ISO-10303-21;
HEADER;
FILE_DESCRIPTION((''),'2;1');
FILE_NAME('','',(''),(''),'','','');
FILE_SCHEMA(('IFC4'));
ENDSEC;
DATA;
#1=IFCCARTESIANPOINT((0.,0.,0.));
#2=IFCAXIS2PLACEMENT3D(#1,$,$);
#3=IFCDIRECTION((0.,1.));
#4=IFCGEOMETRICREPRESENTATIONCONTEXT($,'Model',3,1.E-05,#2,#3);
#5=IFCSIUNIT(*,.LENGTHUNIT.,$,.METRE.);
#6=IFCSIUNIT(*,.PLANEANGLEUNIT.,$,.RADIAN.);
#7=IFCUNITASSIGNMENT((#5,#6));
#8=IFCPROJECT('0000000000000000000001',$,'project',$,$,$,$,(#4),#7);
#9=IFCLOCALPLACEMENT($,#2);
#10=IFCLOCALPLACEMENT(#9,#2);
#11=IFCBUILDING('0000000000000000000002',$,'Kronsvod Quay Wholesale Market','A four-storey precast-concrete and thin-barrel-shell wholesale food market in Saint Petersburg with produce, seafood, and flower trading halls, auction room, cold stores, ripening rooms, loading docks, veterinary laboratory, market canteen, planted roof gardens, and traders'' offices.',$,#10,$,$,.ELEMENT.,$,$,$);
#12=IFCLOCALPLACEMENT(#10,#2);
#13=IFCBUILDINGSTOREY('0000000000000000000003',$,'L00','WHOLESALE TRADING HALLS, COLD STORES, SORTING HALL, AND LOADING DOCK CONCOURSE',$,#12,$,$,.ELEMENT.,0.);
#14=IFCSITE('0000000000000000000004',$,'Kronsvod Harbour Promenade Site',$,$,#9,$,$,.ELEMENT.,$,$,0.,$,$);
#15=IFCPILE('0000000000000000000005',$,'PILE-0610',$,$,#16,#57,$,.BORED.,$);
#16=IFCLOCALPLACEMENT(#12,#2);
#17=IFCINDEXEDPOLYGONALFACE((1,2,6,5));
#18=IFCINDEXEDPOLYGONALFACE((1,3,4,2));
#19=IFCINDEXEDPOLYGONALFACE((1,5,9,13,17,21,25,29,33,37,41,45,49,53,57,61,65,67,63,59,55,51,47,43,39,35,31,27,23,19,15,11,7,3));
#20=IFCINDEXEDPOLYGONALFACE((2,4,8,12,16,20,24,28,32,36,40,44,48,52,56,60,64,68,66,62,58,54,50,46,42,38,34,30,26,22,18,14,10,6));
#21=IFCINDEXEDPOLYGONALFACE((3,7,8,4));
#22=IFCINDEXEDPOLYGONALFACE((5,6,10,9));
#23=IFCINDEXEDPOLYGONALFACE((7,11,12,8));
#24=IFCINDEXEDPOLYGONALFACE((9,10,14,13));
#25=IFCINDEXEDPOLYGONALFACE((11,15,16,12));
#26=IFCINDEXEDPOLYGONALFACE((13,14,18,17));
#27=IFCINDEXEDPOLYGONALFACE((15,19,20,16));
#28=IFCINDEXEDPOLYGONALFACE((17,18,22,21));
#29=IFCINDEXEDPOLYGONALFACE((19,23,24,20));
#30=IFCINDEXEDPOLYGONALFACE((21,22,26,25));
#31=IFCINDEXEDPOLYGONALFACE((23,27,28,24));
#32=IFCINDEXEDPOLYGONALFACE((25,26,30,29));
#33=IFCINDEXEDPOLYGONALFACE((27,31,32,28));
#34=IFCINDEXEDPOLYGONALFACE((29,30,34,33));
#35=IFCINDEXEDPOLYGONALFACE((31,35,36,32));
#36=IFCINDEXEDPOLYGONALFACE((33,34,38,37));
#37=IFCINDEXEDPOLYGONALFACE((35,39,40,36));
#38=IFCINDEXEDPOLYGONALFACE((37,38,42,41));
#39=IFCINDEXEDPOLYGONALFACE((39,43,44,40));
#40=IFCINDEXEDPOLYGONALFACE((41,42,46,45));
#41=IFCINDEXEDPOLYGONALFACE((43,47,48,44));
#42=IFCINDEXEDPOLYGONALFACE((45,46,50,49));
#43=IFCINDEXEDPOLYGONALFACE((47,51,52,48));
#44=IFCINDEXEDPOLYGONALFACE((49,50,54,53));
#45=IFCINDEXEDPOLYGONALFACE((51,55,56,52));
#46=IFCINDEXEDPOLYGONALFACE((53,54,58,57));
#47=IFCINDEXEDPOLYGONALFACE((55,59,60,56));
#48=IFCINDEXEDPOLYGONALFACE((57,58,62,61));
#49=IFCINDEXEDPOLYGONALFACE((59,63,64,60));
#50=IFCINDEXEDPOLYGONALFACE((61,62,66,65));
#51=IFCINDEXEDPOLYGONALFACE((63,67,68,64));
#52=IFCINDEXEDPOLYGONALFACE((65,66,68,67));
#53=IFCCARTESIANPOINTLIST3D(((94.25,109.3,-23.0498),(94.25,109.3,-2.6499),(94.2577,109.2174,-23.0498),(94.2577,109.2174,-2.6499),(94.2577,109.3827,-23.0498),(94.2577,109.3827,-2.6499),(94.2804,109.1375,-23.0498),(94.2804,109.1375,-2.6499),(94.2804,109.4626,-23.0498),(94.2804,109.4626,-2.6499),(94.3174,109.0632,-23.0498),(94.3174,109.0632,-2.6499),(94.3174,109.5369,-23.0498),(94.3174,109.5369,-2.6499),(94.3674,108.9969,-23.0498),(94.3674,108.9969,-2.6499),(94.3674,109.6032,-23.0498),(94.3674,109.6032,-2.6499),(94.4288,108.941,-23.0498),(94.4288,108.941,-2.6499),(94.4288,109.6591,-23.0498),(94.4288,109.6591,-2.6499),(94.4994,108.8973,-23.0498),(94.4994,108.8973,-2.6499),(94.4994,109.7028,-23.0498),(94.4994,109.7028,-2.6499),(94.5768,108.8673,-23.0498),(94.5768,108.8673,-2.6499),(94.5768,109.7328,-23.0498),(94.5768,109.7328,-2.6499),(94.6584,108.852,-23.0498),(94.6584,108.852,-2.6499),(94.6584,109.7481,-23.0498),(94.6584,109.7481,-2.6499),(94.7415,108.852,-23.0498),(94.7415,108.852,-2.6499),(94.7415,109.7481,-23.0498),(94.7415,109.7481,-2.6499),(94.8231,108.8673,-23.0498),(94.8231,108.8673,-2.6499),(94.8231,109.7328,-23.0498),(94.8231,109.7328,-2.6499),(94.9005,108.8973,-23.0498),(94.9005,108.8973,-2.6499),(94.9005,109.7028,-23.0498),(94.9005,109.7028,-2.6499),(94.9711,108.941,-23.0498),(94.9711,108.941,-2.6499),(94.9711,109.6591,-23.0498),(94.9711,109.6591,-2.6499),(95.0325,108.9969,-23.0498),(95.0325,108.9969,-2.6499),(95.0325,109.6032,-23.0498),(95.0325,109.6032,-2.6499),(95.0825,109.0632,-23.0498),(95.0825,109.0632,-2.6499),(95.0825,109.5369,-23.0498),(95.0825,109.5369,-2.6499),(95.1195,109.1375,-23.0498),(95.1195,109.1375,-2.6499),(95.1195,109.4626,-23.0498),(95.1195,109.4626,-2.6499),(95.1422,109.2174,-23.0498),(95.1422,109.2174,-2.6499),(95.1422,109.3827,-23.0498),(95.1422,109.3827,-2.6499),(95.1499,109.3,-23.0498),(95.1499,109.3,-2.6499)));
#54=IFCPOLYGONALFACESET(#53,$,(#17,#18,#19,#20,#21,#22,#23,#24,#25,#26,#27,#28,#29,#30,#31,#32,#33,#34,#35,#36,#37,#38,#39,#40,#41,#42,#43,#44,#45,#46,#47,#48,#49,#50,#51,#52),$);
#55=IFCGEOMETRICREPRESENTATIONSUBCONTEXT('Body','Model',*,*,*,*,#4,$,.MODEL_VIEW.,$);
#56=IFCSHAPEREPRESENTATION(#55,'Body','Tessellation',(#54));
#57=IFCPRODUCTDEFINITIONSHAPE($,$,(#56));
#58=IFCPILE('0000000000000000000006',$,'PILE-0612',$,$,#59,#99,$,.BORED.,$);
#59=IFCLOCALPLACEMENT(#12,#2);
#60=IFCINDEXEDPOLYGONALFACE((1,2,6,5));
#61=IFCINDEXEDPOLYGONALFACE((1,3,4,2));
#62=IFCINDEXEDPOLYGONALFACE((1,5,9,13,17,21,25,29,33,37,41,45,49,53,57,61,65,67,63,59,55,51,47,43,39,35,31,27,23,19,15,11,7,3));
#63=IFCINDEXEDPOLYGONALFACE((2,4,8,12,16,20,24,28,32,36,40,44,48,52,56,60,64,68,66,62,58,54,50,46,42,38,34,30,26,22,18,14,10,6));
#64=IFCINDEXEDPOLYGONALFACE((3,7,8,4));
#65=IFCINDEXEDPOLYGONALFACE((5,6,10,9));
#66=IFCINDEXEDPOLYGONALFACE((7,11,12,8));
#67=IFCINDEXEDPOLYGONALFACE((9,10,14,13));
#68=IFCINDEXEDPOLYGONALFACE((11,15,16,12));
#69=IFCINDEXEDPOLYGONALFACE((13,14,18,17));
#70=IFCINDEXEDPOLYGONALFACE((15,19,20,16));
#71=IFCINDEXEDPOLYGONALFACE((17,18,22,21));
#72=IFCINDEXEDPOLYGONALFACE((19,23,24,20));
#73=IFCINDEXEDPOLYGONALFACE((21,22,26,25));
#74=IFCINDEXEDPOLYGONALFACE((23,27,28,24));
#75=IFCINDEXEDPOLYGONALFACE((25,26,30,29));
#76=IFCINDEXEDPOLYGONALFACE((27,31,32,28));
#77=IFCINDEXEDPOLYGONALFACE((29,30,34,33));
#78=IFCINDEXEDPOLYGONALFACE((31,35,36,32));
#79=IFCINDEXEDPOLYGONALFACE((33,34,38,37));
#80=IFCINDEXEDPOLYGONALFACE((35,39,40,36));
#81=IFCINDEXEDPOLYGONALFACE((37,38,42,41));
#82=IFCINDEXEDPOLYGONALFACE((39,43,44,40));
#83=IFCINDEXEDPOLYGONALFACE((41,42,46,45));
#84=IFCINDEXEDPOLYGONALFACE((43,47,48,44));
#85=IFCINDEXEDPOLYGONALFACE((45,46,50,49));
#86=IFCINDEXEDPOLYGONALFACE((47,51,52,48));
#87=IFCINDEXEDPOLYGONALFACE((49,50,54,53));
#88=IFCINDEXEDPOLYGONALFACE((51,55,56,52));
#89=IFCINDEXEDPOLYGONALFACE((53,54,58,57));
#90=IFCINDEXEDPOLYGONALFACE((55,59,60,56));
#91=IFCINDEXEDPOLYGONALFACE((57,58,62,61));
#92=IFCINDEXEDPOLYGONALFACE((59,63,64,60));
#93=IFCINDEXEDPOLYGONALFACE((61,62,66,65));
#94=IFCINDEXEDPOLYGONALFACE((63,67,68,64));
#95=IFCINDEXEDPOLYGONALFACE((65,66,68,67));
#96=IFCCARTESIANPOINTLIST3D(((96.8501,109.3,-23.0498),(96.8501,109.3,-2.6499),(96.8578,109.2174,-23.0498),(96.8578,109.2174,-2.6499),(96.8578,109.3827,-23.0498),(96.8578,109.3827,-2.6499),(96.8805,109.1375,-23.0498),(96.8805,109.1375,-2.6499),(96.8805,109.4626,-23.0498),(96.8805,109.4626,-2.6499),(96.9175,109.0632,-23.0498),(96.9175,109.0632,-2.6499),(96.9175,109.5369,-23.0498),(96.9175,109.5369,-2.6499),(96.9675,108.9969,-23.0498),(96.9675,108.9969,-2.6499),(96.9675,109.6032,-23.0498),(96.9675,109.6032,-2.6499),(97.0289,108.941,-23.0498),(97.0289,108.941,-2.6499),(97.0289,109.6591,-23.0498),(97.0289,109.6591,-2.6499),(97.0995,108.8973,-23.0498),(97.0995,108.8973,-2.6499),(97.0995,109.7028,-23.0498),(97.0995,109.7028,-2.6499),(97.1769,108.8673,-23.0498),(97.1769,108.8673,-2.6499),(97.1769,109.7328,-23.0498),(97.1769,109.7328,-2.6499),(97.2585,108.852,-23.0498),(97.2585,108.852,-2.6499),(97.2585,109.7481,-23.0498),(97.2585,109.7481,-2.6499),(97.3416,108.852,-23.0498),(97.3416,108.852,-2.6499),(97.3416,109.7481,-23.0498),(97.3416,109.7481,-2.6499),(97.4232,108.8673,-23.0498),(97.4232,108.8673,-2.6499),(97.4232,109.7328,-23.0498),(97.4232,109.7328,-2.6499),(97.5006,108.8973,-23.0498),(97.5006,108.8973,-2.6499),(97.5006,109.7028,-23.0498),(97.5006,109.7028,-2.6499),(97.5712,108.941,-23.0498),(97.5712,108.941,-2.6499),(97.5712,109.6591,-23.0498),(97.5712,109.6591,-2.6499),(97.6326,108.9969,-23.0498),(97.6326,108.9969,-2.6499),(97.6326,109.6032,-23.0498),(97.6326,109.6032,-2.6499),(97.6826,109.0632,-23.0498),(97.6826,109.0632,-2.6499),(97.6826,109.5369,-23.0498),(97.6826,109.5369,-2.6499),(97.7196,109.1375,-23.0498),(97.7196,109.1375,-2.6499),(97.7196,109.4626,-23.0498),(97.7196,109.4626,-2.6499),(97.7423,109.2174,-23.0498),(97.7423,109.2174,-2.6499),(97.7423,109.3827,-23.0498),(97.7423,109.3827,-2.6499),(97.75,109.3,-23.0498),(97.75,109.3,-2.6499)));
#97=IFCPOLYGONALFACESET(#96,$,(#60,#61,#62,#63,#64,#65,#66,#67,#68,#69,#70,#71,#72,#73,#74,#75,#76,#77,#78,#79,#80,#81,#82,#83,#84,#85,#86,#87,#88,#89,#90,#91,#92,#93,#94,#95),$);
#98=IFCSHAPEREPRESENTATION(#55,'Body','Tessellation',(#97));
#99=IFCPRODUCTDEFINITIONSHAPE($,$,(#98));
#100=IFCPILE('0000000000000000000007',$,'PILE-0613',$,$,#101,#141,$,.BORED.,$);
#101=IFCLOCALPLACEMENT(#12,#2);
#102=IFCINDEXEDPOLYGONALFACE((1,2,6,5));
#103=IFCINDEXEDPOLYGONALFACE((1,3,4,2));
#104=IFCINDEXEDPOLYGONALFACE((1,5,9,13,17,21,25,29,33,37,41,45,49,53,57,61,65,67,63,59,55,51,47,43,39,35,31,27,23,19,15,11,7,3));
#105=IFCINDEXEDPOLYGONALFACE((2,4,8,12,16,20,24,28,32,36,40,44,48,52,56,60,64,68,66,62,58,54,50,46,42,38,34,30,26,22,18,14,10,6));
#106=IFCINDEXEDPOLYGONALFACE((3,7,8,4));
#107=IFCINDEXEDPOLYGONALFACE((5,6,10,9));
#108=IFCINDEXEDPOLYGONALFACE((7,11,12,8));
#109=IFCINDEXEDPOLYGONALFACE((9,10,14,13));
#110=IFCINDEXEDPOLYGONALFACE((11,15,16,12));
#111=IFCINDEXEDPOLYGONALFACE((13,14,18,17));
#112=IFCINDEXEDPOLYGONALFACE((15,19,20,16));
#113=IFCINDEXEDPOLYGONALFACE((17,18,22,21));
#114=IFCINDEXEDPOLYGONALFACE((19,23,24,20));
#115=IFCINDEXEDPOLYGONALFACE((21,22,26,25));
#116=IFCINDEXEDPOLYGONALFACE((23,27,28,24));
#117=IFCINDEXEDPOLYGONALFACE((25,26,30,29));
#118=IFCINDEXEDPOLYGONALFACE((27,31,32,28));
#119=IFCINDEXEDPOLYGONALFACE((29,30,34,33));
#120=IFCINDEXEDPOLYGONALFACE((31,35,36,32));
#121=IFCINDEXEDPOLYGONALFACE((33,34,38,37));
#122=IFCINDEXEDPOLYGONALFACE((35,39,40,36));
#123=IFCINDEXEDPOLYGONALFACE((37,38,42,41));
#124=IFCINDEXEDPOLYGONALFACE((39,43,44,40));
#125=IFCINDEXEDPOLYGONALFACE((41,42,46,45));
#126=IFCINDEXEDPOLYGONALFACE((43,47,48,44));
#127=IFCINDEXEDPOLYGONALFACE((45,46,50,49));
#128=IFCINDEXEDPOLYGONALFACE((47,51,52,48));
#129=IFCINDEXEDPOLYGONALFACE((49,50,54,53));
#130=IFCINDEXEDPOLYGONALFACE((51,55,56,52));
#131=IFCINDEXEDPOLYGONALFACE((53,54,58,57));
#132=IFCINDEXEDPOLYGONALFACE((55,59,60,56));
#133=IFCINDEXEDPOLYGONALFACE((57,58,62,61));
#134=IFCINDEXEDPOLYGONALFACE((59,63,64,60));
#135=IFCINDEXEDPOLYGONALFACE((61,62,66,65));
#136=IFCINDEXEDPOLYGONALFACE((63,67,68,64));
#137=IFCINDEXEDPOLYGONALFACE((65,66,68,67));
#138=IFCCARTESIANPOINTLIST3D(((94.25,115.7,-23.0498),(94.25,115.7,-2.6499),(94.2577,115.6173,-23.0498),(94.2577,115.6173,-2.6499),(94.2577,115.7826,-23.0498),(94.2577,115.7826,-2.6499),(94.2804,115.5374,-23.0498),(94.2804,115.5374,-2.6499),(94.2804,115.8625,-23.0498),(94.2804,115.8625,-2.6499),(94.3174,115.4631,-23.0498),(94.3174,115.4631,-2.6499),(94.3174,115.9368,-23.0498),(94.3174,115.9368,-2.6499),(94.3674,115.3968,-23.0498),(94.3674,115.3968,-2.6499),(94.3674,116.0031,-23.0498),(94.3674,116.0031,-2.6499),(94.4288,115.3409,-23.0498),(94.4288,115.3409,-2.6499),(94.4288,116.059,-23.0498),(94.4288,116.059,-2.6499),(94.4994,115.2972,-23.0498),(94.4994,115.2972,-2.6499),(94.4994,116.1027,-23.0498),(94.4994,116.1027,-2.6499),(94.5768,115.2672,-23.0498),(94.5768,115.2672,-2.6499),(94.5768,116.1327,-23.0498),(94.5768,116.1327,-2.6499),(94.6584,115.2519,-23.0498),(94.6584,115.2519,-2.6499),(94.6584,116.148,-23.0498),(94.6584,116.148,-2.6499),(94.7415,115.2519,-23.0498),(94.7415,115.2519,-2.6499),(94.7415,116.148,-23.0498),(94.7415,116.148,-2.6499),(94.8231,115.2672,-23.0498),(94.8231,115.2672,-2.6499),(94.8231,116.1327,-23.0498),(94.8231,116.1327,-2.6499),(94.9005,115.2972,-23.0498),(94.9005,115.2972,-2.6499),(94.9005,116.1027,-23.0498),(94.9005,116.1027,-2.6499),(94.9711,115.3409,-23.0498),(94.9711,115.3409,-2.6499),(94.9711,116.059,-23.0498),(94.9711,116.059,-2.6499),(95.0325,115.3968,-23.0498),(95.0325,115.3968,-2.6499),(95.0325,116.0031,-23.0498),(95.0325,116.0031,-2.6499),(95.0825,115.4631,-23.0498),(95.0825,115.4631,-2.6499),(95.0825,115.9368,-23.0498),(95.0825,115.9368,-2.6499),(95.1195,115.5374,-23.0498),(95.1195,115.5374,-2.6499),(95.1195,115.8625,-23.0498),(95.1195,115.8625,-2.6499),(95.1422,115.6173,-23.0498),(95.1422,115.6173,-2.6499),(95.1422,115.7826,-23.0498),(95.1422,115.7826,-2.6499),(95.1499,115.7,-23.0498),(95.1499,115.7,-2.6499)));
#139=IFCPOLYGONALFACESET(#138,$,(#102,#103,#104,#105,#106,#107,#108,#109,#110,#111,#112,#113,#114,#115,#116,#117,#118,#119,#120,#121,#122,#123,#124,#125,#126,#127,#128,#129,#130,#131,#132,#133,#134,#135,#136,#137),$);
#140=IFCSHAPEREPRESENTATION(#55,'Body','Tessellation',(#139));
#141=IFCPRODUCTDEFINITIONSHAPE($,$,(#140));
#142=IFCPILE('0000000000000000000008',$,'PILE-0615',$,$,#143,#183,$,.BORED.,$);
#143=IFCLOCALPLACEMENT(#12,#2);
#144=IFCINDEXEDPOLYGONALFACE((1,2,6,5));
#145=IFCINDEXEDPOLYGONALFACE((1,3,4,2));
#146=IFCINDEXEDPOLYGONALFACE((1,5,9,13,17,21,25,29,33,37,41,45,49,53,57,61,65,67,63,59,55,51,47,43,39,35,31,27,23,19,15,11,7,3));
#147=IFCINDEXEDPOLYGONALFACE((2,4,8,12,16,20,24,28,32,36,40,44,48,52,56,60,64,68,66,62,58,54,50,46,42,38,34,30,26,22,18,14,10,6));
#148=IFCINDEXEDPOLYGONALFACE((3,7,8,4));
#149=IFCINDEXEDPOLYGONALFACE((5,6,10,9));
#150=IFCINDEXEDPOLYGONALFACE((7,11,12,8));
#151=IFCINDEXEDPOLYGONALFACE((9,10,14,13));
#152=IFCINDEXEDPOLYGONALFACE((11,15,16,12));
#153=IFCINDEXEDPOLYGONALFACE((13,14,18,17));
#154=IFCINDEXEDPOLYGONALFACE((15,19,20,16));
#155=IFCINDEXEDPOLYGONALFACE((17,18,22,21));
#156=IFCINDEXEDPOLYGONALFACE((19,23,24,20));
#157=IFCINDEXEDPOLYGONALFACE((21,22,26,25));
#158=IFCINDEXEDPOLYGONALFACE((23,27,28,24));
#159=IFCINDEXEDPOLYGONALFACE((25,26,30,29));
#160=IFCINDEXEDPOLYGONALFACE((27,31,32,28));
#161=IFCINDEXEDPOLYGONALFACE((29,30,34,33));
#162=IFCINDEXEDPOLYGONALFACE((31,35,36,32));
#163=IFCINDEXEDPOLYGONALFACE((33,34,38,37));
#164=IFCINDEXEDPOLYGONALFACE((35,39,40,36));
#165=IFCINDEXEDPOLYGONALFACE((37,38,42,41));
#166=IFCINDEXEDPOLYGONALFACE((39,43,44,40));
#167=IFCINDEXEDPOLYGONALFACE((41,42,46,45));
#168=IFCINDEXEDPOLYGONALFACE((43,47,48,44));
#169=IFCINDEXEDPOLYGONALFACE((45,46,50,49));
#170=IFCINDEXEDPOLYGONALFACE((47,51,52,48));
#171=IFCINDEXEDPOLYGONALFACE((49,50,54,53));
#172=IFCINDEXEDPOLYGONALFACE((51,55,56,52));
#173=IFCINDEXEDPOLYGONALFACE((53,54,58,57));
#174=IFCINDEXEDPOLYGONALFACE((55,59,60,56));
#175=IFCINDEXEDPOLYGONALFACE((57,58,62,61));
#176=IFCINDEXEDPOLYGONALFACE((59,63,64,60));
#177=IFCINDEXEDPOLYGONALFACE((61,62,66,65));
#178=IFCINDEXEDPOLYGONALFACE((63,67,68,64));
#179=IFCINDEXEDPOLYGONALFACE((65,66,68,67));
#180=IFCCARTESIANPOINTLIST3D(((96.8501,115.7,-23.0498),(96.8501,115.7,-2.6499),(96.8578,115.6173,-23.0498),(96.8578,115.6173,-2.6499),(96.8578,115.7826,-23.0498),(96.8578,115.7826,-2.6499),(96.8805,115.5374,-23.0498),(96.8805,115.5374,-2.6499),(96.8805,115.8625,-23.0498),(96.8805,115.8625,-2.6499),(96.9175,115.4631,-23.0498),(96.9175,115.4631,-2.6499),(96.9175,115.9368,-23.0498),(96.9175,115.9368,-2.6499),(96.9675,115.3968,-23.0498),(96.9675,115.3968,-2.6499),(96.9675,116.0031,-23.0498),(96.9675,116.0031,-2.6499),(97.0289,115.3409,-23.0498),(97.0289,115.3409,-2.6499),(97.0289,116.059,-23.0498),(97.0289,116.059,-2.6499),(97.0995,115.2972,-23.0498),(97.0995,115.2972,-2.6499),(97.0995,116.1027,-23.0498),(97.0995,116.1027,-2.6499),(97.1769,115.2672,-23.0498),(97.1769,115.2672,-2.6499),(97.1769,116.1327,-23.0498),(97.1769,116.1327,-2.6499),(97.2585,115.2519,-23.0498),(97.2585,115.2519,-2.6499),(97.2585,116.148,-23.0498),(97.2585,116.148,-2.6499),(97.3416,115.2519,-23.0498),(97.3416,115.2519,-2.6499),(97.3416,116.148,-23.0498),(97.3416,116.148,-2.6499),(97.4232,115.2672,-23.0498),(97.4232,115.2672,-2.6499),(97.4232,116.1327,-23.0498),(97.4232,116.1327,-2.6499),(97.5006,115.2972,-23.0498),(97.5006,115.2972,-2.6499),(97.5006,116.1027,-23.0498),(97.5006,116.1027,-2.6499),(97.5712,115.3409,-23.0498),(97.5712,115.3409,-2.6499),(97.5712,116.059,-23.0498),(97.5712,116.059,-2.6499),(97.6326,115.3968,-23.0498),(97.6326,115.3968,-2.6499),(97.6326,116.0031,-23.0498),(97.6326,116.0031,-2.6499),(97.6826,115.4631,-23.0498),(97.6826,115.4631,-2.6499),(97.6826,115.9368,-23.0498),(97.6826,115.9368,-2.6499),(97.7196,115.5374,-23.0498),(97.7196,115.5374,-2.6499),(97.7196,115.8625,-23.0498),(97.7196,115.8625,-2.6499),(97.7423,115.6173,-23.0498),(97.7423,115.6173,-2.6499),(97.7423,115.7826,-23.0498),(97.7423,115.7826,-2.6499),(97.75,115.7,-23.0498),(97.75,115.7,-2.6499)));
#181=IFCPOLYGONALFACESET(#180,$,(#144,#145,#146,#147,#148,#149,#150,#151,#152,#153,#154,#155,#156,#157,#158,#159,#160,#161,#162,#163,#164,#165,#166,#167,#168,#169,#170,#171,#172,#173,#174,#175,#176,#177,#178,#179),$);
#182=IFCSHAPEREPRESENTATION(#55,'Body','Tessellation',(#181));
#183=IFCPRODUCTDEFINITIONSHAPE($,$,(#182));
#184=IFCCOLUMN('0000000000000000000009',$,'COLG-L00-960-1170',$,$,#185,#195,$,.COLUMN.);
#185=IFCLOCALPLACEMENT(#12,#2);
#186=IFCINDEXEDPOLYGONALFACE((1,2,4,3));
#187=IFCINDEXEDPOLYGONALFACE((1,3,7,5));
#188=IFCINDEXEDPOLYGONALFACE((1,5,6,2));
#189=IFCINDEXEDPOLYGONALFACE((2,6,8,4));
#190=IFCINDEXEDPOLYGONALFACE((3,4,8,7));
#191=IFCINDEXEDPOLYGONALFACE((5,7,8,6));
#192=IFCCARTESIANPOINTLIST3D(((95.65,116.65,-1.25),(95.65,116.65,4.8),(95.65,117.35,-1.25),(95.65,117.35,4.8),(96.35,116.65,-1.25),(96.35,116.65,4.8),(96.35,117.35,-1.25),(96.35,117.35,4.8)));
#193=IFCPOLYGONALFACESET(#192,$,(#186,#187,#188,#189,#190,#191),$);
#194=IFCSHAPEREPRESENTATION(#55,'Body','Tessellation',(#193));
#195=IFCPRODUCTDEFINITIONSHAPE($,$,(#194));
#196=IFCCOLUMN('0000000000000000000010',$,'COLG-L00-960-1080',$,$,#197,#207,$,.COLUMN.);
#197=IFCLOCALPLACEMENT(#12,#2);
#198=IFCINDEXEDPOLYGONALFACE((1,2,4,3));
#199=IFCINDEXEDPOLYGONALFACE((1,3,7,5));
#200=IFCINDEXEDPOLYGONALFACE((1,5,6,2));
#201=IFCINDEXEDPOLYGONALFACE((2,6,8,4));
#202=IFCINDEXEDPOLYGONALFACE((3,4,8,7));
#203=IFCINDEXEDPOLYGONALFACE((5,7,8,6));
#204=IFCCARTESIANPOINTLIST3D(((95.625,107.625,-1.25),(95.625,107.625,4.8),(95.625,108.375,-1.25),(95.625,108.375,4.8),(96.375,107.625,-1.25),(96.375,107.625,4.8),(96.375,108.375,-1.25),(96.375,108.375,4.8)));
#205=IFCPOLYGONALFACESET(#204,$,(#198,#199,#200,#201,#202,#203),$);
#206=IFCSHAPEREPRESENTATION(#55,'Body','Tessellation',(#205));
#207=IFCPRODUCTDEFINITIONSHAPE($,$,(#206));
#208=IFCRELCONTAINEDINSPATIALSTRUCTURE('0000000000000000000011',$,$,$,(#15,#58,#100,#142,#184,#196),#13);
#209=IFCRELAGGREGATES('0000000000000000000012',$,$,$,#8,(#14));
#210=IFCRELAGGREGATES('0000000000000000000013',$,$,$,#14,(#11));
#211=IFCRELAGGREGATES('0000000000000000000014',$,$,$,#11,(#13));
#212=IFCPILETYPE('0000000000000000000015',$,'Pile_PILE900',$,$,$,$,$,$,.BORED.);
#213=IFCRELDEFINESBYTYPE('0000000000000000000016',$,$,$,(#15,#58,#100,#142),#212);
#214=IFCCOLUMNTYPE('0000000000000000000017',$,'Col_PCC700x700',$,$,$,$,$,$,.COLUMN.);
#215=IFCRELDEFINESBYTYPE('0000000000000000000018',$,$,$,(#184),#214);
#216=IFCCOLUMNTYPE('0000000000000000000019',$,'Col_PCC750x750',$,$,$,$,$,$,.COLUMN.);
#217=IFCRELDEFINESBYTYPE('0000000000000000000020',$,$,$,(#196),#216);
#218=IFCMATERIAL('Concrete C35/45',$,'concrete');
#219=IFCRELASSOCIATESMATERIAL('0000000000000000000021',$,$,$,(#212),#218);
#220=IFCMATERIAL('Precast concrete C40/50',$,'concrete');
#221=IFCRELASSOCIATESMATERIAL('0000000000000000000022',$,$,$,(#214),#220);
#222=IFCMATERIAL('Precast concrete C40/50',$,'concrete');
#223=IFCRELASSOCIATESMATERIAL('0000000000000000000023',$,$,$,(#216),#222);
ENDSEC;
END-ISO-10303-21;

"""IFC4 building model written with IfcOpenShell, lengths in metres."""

from ifc_helpers import new_model, si_unit, direction, frame, origin, origin_2d, place, context, subcontext, project, spatial, rectangle, circle, extrude, material, material_profile, profile_set, type_object, element, save


model = new_model("IFC4")

# Units and contexts
model_context = context("Model", 3, precision=1e-05, world=origin(), true_north=direction((0.0, 1.0)))
body_context = subcontext(model_context, "Body", "Model", "MODEL_VIEW")
ifc_project = project(units=[si_unit("LENGTHUNIT", "METRE"), si_unit("PLANEANGLEUNIT", "RADIAN")], contexts=[model_context])

# Site, building, storey
site_placement = place(None, origin())
site = spatial("IfcSite", under=ifc_project, at=site_placement, Name="Kronsvod Harbour Promenade Site", CompositionType="ELEMENT", RefElevation=0.0)
building_placement = place(site_placement, origin())
building = spatial("IfcBuilding", under=site, at=building_placement, Name="Kronsvod Quay Wholesale Market", Description="A four-storey precast-concrete and thin-barrel-shell wholesale food market in Saint Petersburg with produce, seafood, and flower trading halls, auction room, cold stores, ripening rooms, loading docks, veterinary laboratory, market canteen, planted roof gardens, and traders' offices.", CompositionType="ELEMENT")
storey_placement = place(building_placement, origin())
storey = spatial("IfcBuildingStorey", under=building, at=storey_placement, Name="L00", Description="WHOLESALE TRADING HALLS, COLD STORES, SORTING HALL, AND LOADING DOCK CONCOURSE", CompositionType="ELEMENT", Elevation=0.0)

# Piles
ifc_material_1 = material(Name="Concrete C35/45", Category="concrete")
ifc_material_profile_1 = material_profile(ifc_material_1, circle(Radius=0.45, at=origin_2d()), Name="PILE900")
ifc_profile_set_1 = profile_set([ifc_material_profile_1], Name="Concrete C35/45")
pile_type = type_object("IfcPileType", Name="Pile_PILE900", PredefinedType="BORED", material=ifc_profile_set_1)
for number, where, z_axis, x_axis, name in (
    (1, (94.7, 109.3, -2.6499), (0.0, 0.0, -1.0), (1.0, 0.0, 0.0), "PILE-0610"),
    (2, (97.3, 109.3, -2.6499), (0.0, 0.0, -1.0), (1.0, 0.0, 0.0), "PILE-0612"),
    (3, (94.7, 115.7, -2.6499), (0.0, 0.0, -1.0), (1.0, 0.0, 0.0), "PILE-0613"),
    (4, (97.3, 115.7, -2.6499), (0.0, 0.0, -1.0), (1.0, 0.0, 0.0), "PILE-0615"),
):
    element("IfcPile", number, at=place(storey_placement, frame(where, z_axis=z_axis, x_axis=x_axis)), inside=storey, type_object=pile_type, Name=name, PredefinedType="BORED", context=body_context, shape_type="SweptSolid", body=[
        extrude(circle(Radius=0.45, at=origin_2d()), origin(), (0.0, 0.0, 1.0), 20.3999),
    ])

# Columns
ifc_material_2 = material(Name="Precast concrete C40/50", Category="concrete")
ifc_material_profile_2 = material_profile(ifc_material_2, rectangle(XDim=0.7, YDim=0.7, at=origin_2d()), Name="PCC700x700")
ifc_profile_set_2 = profile_set([ifc_material_profile_2], Name="Precast concrete C40/50")
column_type_1 = type_object("IfcColumnType", Name="Col_PCC700x700", PredefinedType="COLUMN", material=ifc_profile_set_2)
column_1_placement = place(storey_placement, frame((96.0, 117.0, -1.25), z_axis=(0.0, 0.0, 1.0), x_axis=(1.0, 0.0, 0.0)))
element("IfcColumn", 5, at=column_1_placement, inside=storey, type_object=column_type_1, Name="COLG-L00-960-1170", PredefinedType="COLUMN", context=body_context, shape_type="SweptSolid", body=[
    extrude(rectangle(XDim=0.7, YDim=0.7, at=origin_2d()), origin(), (0.0, 0.0, 1.0), 6.05),
])
ifc_material_3 = material(Name="Precast concrete C40/50", Category="concrete")
ifc_material_profile_3 = material_profile(ifc_material_3, rectangle(XDim=0.75, YDim=0.75, at=origin_2d()), Name="COL-07")
ifc_profile_set_3 = profile_set([ifc_material_profile_3], Name="Precast concrete C40/50")
column_type_2 = type_object("IfcColumnType", Name="Col_PCC750x750", PredefinedType="COLUMN", material=ifc_profile_set_3)
column_2_placement = place(storey_placement, frame((96.0, 108.0, -1.25), z_axis=(0.0, 0.0, 1.0), x_axis=(1.0, 0.0, 0.0)))
element("IfcColumn", 6, at=column_2_placement, inside=storey, type_object=column_type_2, Name="COLG-L00-960-1080", PredefinedType="COLUMN", context=body_context, shape_type="SweptSolid", body=[
    extrude(rectangle(XDim=0.75, YDim=0.75, at=origin_2d()), origin(), (0.0, 0.0, 1.0), 6.05),
])

save(model, "model.ifc")
